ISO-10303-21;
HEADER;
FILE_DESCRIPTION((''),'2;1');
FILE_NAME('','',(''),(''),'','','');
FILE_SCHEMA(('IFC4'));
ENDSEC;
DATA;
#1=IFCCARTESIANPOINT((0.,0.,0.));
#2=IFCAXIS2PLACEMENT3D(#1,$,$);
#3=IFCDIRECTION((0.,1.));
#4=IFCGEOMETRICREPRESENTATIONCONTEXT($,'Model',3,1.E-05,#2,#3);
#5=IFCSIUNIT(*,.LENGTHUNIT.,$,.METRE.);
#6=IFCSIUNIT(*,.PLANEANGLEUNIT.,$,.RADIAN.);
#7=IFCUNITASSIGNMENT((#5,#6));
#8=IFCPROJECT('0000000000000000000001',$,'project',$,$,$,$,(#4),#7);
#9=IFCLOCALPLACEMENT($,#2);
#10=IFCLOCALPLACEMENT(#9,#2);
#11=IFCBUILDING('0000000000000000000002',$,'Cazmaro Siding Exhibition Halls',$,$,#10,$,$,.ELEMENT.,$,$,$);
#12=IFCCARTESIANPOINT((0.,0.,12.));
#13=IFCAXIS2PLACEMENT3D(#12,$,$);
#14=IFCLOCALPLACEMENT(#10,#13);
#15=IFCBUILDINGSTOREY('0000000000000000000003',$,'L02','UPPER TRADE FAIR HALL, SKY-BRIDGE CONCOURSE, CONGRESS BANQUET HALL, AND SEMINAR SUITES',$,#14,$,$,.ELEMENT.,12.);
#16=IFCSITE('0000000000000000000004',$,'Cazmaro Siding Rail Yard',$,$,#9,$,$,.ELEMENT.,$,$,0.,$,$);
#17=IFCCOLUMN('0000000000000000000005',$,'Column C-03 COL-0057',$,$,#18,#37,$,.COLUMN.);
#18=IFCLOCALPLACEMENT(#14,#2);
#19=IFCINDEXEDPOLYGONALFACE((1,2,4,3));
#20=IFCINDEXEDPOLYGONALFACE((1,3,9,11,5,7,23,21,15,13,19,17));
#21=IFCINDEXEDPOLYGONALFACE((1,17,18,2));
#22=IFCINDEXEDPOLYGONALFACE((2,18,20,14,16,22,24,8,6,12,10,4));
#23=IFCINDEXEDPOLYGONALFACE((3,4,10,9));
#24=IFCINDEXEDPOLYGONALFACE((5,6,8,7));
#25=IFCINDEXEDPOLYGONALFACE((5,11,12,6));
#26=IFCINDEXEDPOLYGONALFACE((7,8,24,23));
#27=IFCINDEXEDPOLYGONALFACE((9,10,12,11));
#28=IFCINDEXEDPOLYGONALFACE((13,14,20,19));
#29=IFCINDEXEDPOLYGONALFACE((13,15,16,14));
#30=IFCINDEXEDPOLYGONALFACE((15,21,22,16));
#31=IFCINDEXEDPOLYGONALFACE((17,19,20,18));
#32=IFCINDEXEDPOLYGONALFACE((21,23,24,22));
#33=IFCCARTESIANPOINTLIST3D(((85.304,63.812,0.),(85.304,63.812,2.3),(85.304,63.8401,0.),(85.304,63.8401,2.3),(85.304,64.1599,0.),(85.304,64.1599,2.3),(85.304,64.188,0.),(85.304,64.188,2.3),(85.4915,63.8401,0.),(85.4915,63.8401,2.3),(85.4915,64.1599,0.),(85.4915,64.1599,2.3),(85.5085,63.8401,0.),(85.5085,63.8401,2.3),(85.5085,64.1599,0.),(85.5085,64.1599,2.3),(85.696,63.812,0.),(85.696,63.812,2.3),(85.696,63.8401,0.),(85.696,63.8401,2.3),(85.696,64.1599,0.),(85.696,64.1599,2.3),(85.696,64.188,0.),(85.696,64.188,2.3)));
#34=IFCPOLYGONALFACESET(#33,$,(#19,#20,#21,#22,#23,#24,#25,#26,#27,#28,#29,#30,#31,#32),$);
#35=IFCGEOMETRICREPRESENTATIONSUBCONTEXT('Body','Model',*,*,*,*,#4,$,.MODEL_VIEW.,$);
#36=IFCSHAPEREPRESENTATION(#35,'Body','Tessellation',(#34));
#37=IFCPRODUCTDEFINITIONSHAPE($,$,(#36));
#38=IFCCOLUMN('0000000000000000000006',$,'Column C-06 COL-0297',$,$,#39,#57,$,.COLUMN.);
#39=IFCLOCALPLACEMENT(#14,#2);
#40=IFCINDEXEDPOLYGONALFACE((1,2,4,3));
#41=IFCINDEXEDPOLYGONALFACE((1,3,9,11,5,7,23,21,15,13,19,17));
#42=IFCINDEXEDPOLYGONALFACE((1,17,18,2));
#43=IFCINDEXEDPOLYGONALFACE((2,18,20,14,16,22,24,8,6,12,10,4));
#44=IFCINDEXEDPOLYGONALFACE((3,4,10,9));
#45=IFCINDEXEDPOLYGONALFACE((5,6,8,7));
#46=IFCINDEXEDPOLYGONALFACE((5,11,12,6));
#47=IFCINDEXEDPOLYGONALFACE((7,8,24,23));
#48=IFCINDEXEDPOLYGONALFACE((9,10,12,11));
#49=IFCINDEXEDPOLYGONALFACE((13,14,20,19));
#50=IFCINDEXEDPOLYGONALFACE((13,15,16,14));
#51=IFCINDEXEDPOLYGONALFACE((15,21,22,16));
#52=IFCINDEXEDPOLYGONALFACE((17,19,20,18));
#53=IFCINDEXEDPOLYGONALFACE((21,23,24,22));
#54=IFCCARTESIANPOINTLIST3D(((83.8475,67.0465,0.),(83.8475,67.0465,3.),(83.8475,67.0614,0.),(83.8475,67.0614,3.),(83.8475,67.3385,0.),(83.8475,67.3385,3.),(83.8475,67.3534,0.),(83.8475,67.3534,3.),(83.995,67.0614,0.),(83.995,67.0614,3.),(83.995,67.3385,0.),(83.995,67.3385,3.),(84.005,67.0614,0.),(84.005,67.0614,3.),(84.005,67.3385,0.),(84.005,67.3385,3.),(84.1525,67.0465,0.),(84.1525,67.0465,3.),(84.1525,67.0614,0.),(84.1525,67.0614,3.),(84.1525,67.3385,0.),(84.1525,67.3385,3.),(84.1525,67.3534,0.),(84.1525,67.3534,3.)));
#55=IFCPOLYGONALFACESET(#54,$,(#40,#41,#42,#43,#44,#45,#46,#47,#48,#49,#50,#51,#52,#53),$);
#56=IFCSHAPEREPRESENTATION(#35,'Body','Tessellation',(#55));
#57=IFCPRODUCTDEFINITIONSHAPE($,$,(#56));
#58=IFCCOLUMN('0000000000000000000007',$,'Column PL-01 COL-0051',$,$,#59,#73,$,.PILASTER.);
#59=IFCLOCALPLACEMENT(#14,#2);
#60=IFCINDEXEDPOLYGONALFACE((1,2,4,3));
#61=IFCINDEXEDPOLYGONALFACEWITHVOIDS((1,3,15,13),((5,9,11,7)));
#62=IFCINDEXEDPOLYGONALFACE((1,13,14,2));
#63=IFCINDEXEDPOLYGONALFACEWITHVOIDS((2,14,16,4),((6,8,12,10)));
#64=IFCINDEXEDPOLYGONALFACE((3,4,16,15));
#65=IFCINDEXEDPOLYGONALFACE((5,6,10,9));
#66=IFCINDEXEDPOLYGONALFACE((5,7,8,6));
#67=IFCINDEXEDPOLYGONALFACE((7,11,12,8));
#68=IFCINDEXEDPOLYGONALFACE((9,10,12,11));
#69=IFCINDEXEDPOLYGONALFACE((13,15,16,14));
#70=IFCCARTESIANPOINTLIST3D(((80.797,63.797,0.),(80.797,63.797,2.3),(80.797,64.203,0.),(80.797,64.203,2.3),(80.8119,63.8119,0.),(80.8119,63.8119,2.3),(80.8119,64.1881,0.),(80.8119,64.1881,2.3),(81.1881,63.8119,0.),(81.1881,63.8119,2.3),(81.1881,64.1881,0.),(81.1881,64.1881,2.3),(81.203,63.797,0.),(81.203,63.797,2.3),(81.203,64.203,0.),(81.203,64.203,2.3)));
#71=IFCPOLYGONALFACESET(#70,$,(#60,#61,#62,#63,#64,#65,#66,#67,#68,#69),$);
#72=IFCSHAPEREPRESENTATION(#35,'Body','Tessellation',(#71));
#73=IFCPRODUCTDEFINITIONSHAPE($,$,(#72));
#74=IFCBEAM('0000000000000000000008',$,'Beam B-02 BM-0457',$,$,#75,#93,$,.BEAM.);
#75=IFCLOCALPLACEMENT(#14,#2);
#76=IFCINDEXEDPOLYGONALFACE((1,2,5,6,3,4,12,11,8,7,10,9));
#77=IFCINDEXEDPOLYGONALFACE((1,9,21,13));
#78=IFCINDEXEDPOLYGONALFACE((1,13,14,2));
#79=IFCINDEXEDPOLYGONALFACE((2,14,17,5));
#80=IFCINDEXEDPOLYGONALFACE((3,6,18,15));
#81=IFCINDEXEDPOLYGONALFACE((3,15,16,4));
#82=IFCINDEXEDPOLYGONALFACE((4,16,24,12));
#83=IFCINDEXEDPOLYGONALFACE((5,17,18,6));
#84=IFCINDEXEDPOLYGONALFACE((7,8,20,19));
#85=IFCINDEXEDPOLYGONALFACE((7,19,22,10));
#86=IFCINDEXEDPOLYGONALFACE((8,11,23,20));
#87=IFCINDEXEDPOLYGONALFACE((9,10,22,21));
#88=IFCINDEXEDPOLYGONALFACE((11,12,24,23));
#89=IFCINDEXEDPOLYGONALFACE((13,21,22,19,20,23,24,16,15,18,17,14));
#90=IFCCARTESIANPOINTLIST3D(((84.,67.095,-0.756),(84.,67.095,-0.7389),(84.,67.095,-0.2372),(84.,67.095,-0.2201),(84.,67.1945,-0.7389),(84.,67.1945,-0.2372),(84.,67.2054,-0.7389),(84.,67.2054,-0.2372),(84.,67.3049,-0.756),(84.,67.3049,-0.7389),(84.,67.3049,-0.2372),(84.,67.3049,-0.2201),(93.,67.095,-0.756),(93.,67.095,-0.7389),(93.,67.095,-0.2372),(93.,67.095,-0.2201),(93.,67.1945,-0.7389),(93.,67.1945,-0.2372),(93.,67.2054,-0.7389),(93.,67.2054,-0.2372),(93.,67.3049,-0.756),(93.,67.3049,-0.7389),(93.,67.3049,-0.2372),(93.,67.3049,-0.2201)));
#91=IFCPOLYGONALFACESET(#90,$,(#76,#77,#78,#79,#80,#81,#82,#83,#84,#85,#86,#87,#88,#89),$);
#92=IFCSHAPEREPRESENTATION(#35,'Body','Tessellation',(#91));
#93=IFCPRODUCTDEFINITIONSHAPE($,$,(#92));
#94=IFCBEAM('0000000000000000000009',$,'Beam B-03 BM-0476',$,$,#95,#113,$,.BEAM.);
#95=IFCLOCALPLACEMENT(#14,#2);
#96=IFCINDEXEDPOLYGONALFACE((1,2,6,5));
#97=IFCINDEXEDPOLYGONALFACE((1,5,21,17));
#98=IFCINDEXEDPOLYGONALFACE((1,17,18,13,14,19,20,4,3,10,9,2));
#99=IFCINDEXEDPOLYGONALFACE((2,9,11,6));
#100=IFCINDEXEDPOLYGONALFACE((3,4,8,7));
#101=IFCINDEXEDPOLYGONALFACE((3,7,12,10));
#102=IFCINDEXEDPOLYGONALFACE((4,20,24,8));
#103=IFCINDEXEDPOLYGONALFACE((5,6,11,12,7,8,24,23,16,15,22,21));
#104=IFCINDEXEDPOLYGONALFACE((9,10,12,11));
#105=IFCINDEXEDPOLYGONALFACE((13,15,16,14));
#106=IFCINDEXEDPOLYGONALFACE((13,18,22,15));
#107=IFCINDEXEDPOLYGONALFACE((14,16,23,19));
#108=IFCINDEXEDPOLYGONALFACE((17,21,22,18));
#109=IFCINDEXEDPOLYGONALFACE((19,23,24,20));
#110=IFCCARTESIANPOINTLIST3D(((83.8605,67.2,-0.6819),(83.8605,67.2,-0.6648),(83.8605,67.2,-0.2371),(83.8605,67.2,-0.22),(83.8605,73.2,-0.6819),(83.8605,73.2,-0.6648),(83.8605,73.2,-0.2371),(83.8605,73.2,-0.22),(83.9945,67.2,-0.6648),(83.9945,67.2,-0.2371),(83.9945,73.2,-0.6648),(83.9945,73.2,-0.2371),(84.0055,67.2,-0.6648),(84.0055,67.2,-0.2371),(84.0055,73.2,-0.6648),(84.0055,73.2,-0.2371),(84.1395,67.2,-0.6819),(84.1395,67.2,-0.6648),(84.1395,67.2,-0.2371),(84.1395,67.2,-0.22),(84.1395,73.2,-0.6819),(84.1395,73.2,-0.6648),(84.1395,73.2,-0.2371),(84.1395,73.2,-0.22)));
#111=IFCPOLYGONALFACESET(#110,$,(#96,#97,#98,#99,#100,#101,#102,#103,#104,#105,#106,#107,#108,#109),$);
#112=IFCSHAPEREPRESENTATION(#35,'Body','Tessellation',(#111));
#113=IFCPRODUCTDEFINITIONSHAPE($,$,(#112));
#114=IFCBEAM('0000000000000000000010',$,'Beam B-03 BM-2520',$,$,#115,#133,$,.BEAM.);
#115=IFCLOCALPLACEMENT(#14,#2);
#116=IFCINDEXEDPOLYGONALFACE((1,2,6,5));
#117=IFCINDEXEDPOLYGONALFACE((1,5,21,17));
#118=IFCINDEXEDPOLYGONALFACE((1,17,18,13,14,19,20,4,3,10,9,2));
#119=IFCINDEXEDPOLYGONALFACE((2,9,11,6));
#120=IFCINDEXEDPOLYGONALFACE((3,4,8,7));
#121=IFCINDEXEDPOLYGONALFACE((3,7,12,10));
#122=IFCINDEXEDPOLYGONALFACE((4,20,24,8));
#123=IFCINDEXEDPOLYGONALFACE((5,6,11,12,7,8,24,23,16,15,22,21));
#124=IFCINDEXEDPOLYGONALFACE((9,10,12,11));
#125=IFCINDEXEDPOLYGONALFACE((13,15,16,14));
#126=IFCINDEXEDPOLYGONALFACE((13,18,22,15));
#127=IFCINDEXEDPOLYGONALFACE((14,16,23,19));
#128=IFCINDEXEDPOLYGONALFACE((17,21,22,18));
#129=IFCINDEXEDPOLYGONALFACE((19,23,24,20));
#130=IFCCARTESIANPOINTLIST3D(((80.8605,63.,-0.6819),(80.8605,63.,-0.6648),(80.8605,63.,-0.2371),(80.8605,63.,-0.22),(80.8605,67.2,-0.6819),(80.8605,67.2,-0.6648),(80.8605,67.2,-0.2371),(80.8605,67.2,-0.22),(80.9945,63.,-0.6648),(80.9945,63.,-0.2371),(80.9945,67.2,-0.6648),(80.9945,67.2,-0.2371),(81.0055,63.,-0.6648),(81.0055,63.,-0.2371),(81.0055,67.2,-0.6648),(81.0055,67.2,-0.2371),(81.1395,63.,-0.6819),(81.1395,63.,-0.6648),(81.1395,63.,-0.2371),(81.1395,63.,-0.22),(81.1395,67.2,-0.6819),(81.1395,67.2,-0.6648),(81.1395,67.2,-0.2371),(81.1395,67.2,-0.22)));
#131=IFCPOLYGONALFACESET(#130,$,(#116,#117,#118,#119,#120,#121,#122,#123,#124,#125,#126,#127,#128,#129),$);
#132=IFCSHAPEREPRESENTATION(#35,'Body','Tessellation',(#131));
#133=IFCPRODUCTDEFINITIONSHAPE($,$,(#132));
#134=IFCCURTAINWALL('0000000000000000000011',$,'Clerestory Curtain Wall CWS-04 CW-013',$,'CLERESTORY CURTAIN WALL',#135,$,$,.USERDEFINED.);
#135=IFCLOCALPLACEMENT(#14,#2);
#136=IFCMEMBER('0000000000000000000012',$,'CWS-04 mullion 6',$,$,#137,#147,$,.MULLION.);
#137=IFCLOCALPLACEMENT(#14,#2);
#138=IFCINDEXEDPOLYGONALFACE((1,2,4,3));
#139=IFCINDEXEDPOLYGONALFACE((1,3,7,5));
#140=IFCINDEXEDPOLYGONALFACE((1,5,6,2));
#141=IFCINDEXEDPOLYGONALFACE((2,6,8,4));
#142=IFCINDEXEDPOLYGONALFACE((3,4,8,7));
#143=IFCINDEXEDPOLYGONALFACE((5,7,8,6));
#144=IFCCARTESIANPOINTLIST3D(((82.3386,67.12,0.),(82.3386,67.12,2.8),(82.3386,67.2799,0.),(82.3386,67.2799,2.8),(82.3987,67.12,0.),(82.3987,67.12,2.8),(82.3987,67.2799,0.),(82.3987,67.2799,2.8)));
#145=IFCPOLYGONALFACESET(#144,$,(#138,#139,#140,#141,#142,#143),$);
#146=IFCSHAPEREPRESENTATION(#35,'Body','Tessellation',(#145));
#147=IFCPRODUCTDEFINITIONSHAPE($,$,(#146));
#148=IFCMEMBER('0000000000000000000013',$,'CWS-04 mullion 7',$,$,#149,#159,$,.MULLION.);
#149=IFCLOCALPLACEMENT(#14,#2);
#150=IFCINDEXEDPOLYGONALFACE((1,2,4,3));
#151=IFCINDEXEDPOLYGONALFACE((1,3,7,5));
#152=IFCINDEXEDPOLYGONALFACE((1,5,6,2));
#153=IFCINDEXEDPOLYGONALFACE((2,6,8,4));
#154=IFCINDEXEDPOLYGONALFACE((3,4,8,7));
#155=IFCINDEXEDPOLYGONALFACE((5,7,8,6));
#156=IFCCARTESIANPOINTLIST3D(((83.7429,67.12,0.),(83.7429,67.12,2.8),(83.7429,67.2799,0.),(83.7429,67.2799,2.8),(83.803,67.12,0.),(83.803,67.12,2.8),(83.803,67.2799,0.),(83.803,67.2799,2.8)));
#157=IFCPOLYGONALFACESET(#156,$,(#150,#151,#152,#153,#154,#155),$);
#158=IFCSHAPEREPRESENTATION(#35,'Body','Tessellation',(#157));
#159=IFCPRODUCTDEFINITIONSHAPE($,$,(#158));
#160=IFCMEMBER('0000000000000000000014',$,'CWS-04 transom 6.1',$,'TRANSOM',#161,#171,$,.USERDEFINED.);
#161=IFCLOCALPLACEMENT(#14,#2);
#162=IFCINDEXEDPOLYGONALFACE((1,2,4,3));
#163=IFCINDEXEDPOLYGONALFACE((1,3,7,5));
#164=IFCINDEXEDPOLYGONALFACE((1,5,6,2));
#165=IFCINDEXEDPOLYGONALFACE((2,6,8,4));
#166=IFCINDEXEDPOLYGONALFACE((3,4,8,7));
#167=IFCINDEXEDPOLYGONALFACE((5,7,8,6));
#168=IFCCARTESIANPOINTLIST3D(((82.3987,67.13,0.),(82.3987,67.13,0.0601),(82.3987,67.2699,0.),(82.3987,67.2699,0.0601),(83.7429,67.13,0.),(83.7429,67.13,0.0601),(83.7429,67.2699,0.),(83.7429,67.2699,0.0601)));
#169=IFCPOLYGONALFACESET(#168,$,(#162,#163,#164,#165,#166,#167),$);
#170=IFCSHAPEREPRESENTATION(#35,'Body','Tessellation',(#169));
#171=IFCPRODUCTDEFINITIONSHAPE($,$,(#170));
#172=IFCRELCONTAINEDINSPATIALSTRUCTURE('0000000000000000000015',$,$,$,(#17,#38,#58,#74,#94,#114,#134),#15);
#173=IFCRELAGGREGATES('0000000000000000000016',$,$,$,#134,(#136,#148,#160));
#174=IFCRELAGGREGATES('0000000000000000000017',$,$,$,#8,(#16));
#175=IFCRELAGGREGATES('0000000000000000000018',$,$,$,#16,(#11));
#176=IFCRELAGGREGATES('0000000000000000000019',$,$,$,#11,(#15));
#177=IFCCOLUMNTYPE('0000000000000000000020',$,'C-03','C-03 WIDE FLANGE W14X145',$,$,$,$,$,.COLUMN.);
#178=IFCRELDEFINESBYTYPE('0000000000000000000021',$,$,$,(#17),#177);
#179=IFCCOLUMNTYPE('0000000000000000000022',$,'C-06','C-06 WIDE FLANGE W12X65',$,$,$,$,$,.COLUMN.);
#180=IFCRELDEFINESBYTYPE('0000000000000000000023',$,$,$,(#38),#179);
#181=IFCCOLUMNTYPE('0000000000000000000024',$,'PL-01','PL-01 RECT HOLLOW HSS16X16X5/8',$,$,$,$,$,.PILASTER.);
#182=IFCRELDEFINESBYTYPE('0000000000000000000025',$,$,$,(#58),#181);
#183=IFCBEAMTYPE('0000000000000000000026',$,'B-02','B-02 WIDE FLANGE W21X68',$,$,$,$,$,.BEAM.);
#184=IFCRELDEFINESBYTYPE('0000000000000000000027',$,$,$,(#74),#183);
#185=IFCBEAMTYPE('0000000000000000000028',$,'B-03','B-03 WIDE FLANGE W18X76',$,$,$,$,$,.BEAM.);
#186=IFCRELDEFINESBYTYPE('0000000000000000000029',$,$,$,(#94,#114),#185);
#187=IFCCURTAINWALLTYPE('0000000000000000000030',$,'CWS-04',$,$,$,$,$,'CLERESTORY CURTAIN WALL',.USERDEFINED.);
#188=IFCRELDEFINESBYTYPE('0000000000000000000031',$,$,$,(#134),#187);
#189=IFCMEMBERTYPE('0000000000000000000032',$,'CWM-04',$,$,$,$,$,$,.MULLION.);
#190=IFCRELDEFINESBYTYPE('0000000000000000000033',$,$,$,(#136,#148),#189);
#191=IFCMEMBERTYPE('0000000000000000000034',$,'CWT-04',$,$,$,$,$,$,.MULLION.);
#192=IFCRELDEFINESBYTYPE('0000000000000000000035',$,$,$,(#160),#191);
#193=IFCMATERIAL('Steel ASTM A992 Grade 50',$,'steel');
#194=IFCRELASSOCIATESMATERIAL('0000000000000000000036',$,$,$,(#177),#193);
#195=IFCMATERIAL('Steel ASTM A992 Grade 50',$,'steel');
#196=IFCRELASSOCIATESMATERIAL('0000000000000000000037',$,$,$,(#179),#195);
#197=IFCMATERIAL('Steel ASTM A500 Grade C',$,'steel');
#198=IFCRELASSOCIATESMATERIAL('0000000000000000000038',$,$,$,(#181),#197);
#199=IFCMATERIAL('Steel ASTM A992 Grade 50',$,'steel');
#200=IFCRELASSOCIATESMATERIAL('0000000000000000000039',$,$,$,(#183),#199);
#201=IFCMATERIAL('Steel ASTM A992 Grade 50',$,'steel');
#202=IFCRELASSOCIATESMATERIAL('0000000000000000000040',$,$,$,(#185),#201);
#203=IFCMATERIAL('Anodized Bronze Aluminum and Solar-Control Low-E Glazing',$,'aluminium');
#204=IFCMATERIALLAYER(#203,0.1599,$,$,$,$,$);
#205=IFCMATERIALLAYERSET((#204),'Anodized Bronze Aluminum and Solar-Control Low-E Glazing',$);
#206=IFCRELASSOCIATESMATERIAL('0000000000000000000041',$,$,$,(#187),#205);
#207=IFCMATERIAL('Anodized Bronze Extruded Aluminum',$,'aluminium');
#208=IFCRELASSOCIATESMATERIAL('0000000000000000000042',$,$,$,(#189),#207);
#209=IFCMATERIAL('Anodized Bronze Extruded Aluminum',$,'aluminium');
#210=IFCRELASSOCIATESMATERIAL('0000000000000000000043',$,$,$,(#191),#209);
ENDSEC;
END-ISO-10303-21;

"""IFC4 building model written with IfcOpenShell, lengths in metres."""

from ifc_helpers import new_model, si_unit, direction, frame, origin, origin_2d, place, context, subcontext, project, spatial, rectangle, hollow_rectangle, i_section, extrude, material, layer, layer_set, material_profile, profile_set, type_object, element, aggregate, save


model = new_model("IFC4")

# Units and contexts
model_context = context("Model", 3, precision=1e-05, world=origin(), true_north=direction((0.0, 1.0)))
body_context = subcontext(model_context, "Body", "Model", "MODEL_VIEW")
ifc_project = project(units=[si_unit("LENGTHUNIT", "METRE"), si_unit("PLANEANGLEUNIT", "RADIAN")], contexts=[model_context])

# Site, building, storey
site_placement = place(None, origin())
site = spatial("IfcSite", under=ifc_project, at=site_placement, Name="Cazmaro Siding Rail Yard", CompositionType="ELEMENT", RefElevation=0.0)
building_placement = place(site_placement, origin())
building = spatial("IfcBuilding", under=site, at=building_placement, Name="Cazmaro Siding Exhibition Halls", CompositionType="ELEMENT")
storey_placement = place(building_placement, frame((0.0, 0.0, 12.0)))
storey = spatial("IfcBuildingStorey", under=building, at=storey_placement, Name="L02", Description="UPPER TRADE FAIR HALL, SKY-BRIDGE CONCOURSE, CONGRESS BANQUET HALL, AND SEMINAR SUITES", CompositionType="ELEMENT", Elevation=12.0)

# Columns
ifc_material_1 = material(Name="Steel ASTM A992 Grade 50", Category="steel")
ifc_material_profile_1 = material_profile(ifc_material_1, i_section(OverallWidth=0.3921, OverallDepth=0.376, WebThickness=0.0171, FlangeThickness=0.0281, at=origin_2d()), Name="W14X145")
ifc_profile_set_1 = profile_set([ifc_material_profile_1], Name="Steel ASTM A992 Grade 50")
column_type_1 = type_object("IfcColumnType", Name="C-03", Description="C-03 WIDE FLANGE W14X145", PredefinedType="COLUMN", material=ifc_profile_set_1)
column_1_placement = place(storey_placement, frame((85.5, 64.0, 0.0), z_axis=(0.0, 0.0, 1.0), x_axis=(1.0, 0.0, 0.0)))
element("IfcColumn", 1, at=column_1_placement, inside=storey, type_object=column_type_1, Name="Column C-03 COL-0057", PredefinedType="COLUMN", context=body_context, shape_type="SweptSolid", body=[
    extrude(i_section(OverallWidth=0.3921, OverallDepth=0.376, WebThickness=0.0171, FlangeThickness=0.0281, at=origin_2d()), origin(), (0.0, 0.0, 1.0), 2.3),
])
ifc_material_2 = material(Name="Steel ASTM A992 Grade 50", Category="steel")
ifc_material_profile_2 = material_profile(ifc_material_2, i_section(OverallWidth=0.3049, OverallDepth=0.3069, WebThickness=0.01, FlangeThickness=0.0149, at=origin_2d()), Name="W12X65")
ifc_profile_set_2 = profile_set([ifc_material_profile_2], Name="Steel ASTM A992 Grade 50")
column_type_2 = type_object("IfcColumnType", Name="C-06", Description="C-06 WIDE FLANGE W12X65", PredefinedType="COLUMN", material=ifc_profile_set_2)
column_2_placement = place(storey_placement, frame((84.0, 67.2, 0.0), z_axis=(0.0, 0.0, 1.0), x_axis=(1.0, 0.0, 0.0)))
element("IfcColumn", 2, at=column_2_placement, inside=storey, type_object=column_type_2, Name="Column C-06 COL-0297", PredefinedType="COLUMN", context=body_context, shape_type="SweptSolid", body=[
    extrude(i_section(OverallWidth=0.3049, OverallDepth=0.3069, WebThickness=0.01, FlangeThickness=0.0149, at=origin_2d()), origin(), (0.0, 0.0, 1.0), 3.0),
])
ifc_material_3 = material(Name="Steel ASTM A500 Grade C", Category="steel")
ifc_material_profile_3 = material_profile(ifc_material_3, hollow_rectangle(XDim=0.406, YDim=0.406, WallThickness=0.0149, at=origin_2d()), Name="HSS16X16X5/8")
ifc_profile_set_3 = profile_set([ifc_material_profile_3], Name="Steel ASTM A500 Grade C")
column_type_3 = type_object("IfcColumnType", Name="PL-01", Description="PL-01 RECT HOLLOW HSS16X16X5/8", PredefinedType="PILASTER", material=ifc_profile_set_3)
column_3_placement = place(storey_placement, frame((81.0, 64.0, 0.0), z_axis=(0.0, 0.0, 1.0), x_axis=(1.0, 0.0, 0.0)))
element("IfcColumn", 3, at=column_3_placement, inside=storey, type_object=column_type_3, Name="Column PL-01 COL-0051", PredefinedType="PILASTER", context=body_context, shape_type="SweptSolid", body=[
    extrude(hollow_rectangle(XDim=0.406, YDim=0.406, WallThickness=0.0149, at=origin_2d()), origin(), (0.0, 0.0, 1.0), 2.3),
])

# Beams
ifc_material_4 = material(Name="Steel ASTM A992 Grade 50", Category="steel")
ifc_material_profile_4 = material_profile(ifc_material_4, i_section(OverallWidth=0.21, OverallDepth=0.5359, WebThickness=0.011, FlangeThickness=0.0171, at=origin_2d()), Name="W21X68")
ifc_profile_set_4 = profile_set([ifc_material_profile_4], Name="Steel ASTM A992 Grade 50")
beam_type_1 = type_object("IfcBeamType", Name="B-02", Description="B-02 WIDE FLANGE W21X68", PredefinedType="BEAM", material=ifc_profile_set_4)
beam_1_placement = place(storey_placement, frame((84.0, 67.2, -0.488), z_axis=(1.0, 0.0, 0.0), x_axis=(0.0, 1.0, 0.0)))
element("IfcBeam", 4, at=beam_1_placement, inside=storey, type_object=beam_type_1, Name="Beam B-02 BM-0457", PredefinedType="BEAM", context=body_context, shape_type="SweptSolid", body=[
    extrude(i_section(OverallWidth=0.21, OverallDepth=0.5359, WebThickness=0.011, FlangeThickness=0.0171, at=origin_2d()), origin(), (0.0, 0.0, 1.0), 9.0),
])
ifc_material_5 = material(Name="Steel ASTM A992 Grade 50", Category="steel")
ifc_material_profile_5 = material_profile(ifc_material_5, i_section(OverallWidth=0.2791, OverallDepth=0.4619, WebThickness=0.011, FlangeThickness=0.0171, at=origin_2d()), Name="W18X76")
ifc_profile_set_5 = profile_set([ifc_material_profile_5], Name="Steel ASTM A992 Grade 50")
beam_type_2 = type_object("IfcBeamType", Name="B-03", Description="B-03 WIDE FLANGE W18X76", PredefinedType="BEAM", material=ifc_profile_set_5)
beam_2_placement = place(storey_placement, frame((84.0, 67.2, -0.4509), z_axis=(0.0, 1.0, 0.0), x_axis=(-1.0, 0.0, 0.0)))
element("IfcBeam", 5, at=beam_2_placement, inside=storey, type_object=beam_type_2, Name="Beam B-03 BM-0476", PredefinedType="BEAM", context=body_context, shape_type="SweptSolid", body=[
    extrude(i_section(OverallWidth=0.2791, OverallDepth=0.4619, WebThickness=0.011, FlangeThickness=0.0171, at=origin_2d()), origin(), (0.0, 0.0, 1.0), 6.0),
])
beam_3_placement = place(storey_placement, frame((81.0, 63.0, -0.4509), z_axis=(0.0, 1.0, 0.0), x_axis=(-1.0, 0.0, 0.0)))
element("IfcBeam", 6, at=beam_3_placement, inside=storey, type_object=beam_type_2, Name="Beam B-03 BM-2520", PredefinedType="BEAM", context=body_context, shape_type="SweptSolid", body=[
    extrude(i_section(OverallWidth=0.2791, OverallDepth=0.4619, WebThickness=0.011, FlangeThickness=0.0171, at=origin_2d()), origin(), (0.0, 0.0, 1.0), 4.2),
])

# Curtain wall, members
ifc_material_6 = material(Name="Anodized Bronze Aluminum and Solar-Control Low-E Glazing", Category="aluminium")
ifc_layer_1 = layer(ifc_material_6, 0.1599)
ifc_layer_set_1 = layer_set([ifc_layer_1], Name="Anodized Bronze Aluminum and Solar-Control Low-E Glazing")
curtain_wall_type = type_object("IfcCurtainWallType", Name="CWS-04", ElementType="CLERESTORY CURTAIN WALL", PredefinedType="USERDEFINED", material=ifc_layer_set_1)
curtain_wall_placement = place(storey_placement, origin())
curtain_wall = element("IfcCurtainWall", 7, at=curtain_wall_placement, inside=storey, type_object=curtain_wall_type, Name="Clerestory Curtain Wall CWS-04 CW-013", ObjectType="CLERESTORY CURTAIN WALL", PredefinedType="USERDEFINED")
ifc_material_7 = material(Name="Anodized Bronze Extruded Aluminum", Category="aluminium")
ifc_material_profile_6 = material_profile(ifc_material_7, rectangle(XDim=0.1599, YDim=0.0601, at=origin_2d()), Name="CWM-04")
ifc_profile_set_6 = profile_set([ifc_material_profile_6], Name="Anodized Bronze Extruded Aluminum")
member_type_1 = type_object("IfcMemberType", Name="CWM-04", PredefinedType="MULLION", material=ifc_profile_set_6)
member_1_placement = place(storey_placement, frame((82.3687, 67.2, 0.0), z_axis=(0.0, 0.0, 1.0), x_axis=(0.0, 1.0, 0.0)))
member_1 = element("IfcMember", 8, at=member_1_placement, type_object=member_type_1, Name="CWS-04 mullion 6", PredefinedType="MULLION", context=body_context, shape_type="SweptSolid", body=[
    extrude(rectangle(XDim=0.1599, YDim=0.0601, at=origin_2d()), origin(), (0.0, 0.0, 1.0), 2.8),
])
member_2_placement = place(storey_placement, frame((83.7729, 67.2, 0.0), z_axis=(0.0, 0.0, 1.0), x_axis=(0.0, 1.0, 0.0)))
member_2 = element("IfcMember", 9, at=member_2_placement, type_object=member_type_1, Name="CWS-04 mullion 7", PredefinedType="MULLION", context=body_context, shape_type="SweptSolid", body=[
    extrude(rectangle(XDim=0.1599, YDim=0.0601, at=origin_2d()), origin(), (0.0, 0.0, 1.0), 2.8),
])
ifc_material_8 = material(Name="Anodized Bronze Extruded Aluminum", Category="aluminium")
ifc_material_profile_7 = material_profile(ifc_material_8, rectangle(XDim=0.1399, YDim=0.0601, at=origin_2d()), Name="CWT-04")
ifc_profile_set_7 = profile_set([ifc_material_profile_7], Name="Anodized Bronze Extruded Aluminum")
member_type_2 = type_object("IfcMemberType", Name="CWT-04", PredefinedType="MULLION", material=ifc_profile_set_7)
member_3_placement = place(storey_placement, frame((82.3987, 67.2, 0.03), z_axis=(1.0, 0.0, 0.0), x_axis=(0.0, 1.0, 0.0)))
member_3 = element("IfcMember", 10, at=member_3_placement, type_object=member_type_2, Name="CWS-04 transom 6.1", ObjectType="TRANSOM", PredefinedType="USERDEFINED", context=body_context, shape_type="SweptSolid", body=[
    extrude(rectangle(XDim=0.1399, YDim=0.0601, at=origin_2d()), origin(), (0.0, 0.0, 1.0), 1.3442),
])

aggregate(curtain_wall, [member_1, member_2, member_3])

save(model, "model.ifc")
